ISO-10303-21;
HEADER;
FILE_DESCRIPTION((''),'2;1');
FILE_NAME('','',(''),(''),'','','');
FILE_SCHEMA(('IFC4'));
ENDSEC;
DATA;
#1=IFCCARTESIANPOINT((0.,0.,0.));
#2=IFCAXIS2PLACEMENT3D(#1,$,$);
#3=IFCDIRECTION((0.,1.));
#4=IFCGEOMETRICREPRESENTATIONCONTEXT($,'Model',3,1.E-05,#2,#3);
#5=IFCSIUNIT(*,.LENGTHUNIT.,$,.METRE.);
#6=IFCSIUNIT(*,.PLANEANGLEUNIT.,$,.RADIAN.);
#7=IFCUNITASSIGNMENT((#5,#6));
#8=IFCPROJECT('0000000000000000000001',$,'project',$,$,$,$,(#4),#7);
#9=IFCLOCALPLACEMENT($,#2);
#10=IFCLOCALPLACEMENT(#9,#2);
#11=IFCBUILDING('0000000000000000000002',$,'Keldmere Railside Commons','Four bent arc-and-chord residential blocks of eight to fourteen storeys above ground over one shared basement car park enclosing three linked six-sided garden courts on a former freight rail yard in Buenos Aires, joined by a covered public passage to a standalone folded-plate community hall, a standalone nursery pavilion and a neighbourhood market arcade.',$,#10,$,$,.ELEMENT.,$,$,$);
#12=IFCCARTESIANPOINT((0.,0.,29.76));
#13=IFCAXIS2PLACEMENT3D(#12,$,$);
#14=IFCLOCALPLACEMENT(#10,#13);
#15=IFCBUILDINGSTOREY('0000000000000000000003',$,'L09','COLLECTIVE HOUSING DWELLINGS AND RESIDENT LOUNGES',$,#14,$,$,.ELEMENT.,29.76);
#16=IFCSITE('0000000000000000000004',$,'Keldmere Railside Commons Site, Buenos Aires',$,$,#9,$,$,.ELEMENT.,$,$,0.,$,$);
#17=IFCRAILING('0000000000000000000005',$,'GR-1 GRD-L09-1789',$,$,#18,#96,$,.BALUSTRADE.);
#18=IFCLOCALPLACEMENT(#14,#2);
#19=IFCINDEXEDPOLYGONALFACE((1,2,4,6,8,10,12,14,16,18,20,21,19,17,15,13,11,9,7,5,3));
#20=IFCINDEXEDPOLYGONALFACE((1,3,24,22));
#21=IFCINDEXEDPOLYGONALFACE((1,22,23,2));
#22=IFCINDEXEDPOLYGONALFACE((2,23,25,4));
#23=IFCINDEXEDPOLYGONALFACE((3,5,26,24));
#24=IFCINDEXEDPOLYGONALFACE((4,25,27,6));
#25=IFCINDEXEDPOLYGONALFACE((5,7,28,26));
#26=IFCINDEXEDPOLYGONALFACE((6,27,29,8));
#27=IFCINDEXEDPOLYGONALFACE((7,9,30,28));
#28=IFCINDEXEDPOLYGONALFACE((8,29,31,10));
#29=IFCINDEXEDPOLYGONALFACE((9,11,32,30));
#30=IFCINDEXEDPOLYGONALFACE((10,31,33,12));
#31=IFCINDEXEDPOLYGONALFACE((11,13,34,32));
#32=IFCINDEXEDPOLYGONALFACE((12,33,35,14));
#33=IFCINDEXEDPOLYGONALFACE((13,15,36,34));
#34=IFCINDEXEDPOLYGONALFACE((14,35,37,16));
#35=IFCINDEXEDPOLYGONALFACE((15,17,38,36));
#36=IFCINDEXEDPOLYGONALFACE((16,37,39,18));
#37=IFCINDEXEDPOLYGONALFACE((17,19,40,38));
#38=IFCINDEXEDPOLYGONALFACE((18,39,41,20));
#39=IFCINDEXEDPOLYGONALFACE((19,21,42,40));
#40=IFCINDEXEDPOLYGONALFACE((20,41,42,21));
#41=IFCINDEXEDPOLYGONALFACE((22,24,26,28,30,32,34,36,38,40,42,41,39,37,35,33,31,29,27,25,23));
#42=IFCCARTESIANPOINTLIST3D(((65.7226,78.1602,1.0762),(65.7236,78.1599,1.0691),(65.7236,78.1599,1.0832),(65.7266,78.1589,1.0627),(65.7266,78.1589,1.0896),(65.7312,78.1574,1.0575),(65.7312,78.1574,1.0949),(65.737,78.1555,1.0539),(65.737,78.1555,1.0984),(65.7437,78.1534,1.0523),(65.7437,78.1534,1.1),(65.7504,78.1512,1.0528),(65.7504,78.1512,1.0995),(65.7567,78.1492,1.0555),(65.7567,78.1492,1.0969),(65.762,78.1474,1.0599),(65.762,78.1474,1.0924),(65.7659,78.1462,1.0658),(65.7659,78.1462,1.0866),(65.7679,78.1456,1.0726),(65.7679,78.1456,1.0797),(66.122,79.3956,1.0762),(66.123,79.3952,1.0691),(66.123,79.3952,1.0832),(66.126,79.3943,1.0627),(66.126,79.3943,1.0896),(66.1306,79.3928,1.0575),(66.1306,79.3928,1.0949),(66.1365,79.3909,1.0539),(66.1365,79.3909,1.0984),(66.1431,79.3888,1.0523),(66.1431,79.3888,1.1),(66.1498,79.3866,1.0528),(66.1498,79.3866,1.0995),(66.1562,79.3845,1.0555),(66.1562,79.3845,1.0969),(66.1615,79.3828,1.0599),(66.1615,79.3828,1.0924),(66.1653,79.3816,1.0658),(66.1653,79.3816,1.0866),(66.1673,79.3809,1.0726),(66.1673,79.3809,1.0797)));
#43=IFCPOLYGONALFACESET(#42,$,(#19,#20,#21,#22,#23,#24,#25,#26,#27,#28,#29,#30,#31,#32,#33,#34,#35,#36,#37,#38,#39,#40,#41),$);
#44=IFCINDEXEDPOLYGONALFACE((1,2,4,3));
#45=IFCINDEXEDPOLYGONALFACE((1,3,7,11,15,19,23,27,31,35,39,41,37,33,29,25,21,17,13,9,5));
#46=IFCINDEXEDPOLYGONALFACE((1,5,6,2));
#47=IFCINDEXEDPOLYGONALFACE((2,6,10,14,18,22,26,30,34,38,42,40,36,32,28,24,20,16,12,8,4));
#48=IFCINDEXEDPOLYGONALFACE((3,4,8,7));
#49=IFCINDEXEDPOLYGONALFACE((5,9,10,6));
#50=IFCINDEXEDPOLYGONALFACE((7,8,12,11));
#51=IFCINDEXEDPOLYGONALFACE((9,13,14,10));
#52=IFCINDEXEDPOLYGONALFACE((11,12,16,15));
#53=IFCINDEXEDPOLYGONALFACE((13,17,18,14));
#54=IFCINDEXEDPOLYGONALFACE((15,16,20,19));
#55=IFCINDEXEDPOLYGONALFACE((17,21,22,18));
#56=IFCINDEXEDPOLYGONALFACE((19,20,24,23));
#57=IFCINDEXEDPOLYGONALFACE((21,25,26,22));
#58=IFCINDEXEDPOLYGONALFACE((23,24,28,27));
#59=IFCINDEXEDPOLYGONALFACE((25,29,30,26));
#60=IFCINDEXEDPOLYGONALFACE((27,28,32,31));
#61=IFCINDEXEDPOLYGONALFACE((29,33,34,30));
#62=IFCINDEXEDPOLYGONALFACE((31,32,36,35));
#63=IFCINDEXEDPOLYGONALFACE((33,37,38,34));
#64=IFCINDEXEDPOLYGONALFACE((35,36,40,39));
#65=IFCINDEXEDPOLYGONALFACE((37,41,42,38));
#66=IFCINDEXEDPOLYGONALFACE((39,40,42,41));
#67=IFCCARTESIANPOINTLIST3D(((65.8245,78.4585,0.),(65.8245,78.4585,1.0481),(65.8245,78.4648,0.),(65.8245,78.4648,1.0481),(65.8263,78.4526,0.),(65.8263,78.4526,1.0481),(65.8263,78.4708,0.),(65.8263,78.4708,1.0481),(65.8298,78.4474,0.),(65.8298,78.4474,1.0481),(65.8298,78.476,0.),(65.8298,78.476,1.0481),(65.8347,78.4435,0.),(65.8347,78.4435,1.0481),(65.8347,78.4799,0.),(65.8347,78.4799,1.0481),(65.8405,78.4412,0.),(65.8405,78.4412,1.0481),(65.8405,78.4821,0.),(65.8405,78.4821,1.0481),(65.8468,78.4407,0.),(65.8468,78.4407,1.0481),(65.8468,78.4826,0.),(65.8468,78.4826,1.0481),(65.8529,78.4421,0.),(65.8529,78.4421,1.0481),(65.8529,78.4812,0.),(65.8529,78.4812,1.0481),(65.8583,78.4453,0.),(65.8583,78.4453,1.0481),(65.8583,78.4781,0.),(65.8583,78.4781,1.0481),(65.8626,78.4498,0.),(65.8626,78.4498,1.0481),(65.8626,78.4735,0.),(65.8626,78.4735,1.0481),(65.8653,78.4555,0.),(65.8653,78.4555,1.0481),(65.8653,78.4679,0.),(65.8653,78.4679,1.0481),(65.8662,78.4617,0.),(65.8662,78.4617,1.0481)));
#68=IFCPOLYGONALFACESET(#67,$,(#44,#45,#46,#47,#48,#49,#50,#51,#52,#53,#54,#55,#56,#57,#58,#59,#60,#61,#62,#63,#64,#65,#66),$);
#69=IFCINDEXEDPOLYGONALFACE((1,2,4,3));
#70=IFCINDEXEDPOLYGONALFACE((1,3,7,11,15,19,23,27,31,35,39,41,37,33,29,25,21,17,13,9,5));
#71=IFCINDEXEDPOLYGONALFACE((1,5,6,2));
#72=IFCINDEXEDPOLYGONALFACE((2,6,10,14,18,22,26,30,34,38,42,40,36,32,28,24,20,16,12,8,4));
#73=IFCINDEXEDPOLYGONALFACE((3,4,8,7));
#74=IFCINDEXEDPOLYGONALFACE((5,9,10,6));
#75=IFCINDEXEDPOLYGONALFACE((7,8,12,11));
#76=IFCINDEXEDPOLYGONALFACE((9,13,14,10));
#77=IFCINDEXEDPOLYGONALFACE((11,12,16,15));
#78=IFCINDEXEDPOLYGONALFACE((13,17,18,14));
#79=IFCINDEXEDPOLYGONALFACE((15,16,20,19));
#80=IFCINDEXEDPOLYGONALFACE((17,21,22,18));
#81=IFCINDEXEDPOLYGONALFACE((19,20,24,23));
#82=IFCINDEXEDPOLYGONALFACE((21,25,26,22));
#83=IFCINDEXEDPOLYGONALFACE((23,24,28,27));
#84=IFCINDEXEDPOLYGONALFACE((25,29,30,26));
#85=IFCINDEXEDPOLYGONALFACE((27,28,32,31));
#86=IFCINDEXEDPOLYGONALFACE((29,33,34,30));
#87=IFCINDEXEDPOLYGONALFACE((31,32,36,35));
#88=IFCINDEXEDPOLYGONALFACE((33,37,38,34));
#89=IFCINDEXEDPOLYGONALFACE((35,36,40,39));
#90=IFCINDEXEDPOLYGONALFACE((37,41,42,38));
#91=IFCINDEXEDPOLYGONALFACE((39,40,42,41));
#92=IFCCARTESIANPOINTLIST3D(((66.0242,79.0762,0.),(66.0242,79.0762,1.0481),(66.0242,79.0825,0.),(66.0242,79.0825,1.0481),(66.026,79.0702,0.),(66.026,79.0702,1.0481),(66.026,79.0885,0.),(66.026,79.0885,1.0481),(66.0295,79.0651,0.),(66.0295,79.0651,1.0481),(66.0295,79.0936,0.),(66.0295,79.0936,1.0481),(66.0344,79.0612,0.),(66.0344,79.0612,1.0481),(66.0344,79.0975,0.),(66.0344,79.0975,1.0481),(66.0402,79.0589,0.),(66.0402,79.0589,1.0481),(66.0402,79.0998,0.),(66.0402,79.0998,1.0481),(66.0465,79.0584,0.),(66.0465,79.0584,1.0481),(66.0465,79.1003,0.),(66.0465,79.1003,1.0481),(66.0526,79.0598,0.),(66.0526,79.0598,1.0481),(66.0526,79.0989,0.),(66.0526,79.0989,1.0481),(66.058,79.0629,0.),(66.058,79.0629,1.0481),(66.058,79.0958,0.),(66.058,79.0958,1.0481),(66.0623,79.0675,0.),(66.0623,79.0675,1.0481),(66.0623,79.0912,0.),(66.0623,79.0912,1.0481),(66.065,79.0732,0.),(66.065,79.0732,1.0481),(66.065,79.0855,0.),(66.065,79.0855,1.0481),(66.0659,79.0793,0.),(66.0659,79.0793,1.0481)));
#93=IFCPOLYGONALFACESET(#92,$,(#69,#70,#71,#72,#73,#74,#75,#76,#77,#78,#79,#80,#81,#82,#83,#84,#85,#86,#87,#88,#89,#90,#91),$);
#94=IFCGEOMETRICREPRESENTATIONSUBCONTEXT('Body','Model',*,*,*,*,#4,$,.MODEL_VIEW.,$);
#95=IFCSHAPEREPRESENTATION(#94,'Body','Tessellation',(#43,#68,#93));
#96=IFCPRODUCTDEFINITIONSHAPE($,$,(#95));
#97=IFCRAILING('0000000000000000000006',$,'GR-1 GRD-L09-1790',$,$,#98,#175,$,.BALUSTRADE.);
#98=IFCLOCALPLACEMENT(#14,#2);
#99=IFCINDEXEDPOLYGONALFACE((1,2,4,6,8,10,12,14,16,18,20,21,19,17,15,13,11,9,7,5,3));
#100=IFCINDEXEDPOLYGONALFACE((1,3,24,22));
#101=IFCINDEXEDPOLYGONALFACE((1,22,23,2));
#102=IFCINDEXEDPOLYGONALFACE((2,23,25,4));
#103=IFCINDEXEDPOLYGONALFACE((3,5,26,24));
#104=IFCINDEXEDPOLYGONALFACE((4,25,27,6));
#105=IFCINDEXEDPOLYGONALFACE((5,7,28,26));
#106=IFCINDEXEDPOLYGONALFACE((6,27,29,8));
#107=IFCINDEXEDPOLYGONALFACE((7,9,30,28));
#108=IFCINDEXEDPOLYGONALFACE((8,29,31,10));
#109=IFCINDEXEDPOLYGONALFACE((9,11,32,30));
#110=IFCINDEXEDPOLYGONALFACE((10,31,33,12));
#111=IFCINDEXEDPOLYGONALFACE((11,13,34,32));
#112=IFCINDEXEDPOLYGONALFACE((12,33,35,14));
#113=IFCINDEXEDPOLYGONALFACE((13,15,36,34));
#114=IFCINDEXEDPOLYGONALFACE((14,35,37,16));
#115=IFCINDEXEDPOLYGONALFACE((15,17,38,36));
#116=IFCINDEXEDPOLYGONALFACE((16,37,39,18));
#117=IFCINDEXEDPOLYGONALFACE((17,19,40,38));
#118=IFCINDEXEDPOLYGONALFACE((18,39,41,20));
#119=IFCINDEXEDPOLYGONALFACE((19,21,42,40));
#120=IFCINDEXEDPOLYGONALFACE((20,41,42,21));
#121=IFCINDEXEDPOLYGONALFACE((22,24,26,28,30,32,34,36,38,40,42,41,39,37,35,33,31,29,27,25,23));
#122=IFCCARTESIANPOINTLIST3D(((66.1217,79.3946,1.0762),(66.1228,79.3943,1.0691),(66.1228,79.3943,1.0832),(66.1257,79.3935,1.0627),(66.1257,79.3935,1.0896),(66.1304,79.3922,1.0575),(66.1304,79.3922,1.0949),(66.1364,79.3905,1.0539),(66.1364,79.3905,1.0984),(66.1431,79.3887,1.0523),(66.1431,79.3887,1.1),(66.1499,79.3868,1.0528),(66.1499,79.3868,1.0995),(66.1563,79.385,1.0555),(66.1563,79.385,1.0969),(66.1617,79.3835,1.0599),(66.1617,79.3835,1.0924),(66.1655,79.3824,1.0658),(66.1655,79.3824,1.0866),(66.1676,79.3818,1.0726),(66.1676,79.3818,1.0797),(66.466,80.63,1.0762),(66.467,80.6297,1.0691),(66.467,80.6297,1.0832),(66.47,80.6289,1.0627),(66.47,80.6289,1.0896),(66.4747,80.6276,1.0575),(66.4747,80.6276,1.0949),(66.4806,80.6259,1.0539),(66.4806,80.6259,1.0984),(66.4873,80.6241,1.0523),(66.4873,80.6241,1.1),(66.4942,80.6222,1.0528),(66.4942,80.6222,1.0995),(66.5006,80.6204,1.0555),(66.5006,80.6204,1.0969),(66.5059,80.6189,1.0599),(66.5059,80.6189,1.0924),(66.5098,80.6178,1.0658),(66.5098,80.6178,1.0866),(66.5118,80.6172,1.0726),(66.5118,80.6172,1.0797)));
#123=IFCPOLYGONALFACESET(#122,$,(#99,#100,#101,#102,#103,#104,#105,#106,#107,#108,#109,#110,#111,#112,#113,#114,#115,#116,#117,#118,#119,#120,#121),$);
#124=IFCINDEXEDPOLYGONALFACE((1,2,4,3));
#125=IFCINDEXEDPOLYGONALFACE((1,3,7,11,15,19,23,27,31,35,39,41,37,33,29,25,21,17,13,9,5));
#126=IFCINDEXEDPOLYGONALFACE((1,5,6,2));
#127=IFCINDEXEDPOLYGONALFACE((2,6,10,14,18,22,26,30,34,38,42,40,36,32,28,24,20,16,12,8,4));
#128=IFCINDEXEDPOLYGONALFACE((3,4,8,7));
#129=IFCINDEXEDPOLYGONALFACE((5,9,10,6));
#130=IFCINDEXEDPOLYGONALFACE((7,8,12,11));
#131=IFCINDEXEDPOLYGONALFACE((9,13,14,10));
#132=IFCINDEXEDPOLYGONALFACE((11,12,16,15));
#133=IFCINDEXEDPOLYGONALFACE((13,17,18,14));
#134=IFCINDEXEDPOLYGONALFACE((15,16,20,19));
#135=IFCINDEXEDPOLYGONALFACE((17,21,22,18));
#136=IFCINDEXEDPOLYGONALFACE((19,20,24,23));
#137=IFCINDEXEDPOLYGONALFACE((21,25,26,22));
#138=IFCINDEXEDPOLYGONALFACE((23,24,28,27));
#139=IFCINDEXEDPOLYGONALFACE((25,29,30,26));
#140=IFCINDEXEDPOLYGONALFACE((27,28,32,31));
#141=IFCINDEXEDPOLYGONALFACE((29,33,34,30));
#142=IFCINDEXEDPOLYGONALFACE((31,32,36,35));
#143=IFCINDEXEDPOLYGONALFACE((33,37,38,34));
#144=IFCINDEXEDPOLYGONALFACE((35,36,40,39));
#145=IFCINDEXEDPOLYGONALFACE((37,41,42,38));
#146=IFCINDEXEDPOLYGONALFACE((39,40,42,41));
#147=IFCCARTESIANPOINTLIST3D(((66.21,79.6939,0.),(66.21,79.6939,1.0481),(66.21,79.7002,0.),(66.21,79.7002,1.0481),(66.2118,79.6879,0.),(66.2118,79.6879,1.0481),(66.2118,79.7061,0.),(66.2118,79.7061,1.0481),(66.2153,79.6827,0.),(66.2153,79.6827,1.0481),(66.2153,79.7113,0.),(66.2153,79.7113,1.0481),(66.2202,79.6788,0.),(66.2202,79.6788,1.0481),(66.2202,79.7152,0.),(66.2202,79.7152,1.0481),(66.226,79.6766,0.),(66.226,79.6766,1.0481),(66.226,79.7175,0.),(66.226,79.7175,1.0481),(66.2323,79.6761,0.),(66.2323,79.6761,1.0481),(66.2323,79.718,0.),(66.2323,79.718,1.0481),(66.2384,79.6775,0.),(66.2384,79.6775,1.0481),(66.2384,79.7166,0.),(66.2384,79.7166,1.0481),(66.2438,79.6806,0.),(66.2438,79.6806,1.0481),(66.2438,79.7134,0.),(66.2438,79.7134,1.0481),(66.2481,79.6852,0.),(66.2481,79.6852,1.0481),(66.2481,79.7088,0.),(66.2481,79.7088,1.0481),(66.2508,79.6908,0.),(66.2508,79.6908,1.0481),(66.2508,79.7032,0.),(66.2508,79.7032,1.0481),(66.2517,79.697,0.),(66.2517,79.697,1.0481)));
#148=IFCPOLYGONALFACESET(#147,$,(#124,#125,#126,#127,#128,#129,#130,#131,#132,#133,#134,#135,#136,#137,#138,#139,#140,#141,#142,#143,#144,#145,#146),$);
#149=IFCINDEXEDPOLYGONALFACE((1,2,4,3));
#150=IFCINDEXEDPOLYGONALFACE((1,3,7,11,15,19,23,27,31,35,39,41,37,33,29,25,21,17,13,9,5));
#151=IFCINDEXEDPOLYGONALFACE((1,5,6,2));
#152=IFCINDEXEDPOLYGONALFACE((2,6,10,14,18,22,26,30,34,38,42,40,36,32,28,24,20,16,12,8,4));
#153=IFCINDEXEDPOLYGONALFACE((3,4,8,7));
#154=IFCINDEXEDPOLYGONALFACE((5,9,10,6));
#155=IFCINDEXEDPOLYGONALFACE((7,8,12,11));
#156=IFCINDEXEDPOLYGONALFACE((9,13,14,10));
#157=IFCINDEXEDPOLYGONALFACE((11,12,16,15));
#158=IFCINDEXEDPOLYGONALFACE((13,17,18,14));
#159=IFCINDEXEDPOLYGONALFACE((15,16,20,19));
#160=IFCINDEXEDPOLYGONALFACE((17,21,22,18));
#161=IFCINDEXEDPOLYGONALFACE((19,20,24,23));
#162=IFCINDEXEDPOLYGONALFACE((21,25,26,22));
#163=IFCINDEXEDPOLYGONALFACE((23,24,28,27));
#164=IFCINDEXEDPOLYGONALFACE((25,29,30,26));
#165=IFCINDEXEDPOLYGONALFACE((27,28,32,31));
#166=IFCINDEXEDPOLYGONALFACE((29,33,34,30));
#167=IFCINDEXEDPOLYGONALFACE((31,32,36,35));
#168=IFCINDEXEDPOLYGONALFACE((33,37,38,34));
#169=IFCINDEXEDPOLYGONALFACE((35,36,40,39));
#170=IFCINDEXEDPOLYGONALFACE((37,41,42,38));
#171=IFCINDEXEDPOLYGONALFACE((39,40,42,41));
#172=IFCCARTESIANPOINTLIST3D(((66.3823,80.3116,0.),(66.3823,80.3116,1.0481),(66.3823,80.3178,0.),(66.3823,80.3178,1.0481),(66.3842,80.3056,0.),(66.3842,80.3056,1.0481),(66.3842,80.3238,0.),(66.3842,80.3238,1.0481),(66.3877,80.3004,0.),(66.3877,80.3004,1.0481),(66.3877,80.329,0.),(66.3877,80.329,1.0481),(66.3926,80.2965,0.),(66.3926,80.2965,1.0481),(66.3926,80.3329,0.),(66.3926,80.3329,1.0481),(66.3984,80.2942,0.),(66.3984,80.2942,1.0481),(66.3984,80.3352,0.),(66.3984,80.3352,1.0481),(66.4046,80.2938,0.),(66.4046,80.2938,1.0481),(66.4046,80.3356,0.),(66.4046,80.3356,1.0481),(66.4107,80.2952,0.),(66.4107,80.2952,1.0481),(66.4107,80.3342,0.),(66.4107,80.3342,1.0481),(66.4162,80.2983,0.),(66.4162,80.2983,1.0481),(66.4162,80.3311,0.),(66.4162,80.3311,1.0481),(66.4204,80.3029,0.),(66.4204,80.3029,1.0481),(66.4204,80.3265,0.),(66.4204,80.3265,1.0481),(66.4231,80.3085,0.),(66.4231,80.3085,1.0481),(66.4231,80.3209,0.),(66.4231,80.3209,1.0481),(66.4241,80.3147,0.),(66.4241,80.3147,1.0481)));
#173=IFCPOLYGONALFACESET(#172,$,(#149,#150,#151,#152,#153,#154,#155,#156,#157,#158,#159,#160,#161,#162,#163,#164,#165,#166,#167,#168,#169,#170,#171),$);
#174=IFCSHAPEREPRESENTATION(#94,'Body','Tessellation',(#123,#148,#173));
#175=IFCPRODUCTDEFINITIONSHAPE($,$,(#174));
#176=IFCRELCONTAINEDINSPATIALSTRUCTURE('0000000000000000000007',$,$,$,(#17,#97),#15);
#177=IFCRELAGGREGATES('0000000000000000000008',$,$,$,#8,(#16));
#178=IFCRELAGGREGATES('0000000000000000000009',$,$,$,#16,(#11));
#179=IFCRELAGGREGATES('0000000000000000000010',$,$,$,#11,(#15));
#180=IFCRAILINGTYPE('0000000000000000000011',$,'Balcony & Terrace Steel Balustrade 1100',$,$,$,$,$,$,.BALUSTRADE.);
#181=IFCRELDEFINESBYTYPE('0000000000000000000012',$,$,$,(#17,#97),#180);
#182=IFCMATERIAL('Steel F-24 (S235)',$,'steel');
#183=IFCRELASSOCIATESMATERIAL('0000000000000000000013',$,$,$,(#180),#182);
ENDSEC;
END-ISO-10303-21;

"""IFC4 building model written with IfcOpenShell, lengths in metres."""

from ifc_helpers import new_model, si_unit, direction, frame, origin, origin_2d, place, context, subcontext, project, spatial, circle, extrude, material, type_object, element, save


model = new_model("IFC4")

# Units and contexts
model_context = context("Model", 3, precision=1e-05, world=origin(), true_north=direction((0.0, 1.0)))
body_context = subcontext(model_context, "Body", "Model", "MODEL_VIEW")
ifc_project = project(units=[si_unit("LENGTHUNIT", "METRE"), si_unit("PLANEANGLEUNIT", "RADIAN")], contexts=[model_context])

# Site, building, storey
site_placement = place(None, origin())
site = spatial("IfcSite", under=ifc_project, at=site_placement, Name="Keldmere Railside Commons Site, Buenos Aires", CompositionType="ELEMENT", RefElevation=0.0)
building_placement = place(site_placement, origin())
building = spatial("IfcBuilding", under=site, at=building_placement, Name="Keldmere Railside Commons", Description="Four bent arc-and-chord residential blocks of eight to fourteen storeys above ground over one shared basement car park enclosing three linked six-sided garden courts on a former freight rail yard in Buenos Aires, joined by a covered public passage to a standalone folded-plate community hall, a standalone nursery pavilion and a neighbourhood market arcade.", CompositionType="ELEMENT")
storey_placement = place(building_placement, frame((0.0, 0.0, 29.76)))
storey = spatial("IfcBuildingStorey", under=building, at=storey_placement, Name="L09", Description="COLLECTIVE HOUSING DWELLINGS AND RESIDENT LOUNGES", CompositionType="ELEMENT", Elevation=29.76)

# Railings
ifc_material_1 = material(Name="Steel F-24 (S235)", Category="steel")
railing_type = type_object("IfcRailingType", Name="Balcony & Terrace Steel Balustrade 1100", PredefinedType="BALUSTRADE", material=ifc_material_1)
railing_1_placement = place(storey_placement, frame((65.7454, 78.1528, 0.0)))
element("IfcRailing", 1, at=railing_1_placement, inside=storey, type_object=railing_type, Name="GR-1 GRD-L09-1789", PredefinedType="BALUSTRADE", context=body_context, shape_type="SweptSolid", body=[
    extrude(circle(Radius=0.0239, at=origin_2d()), frame((0.0, 0.0, 1.0762), z_axis=(0.30764, 0.951503, 0.0), x_axis=(-0.951503, 0.30764, 0.0)), (0.0, 0.0, 1.0), 1.2983),
    extrude(circle(Radius=0.021, at=origin_2d()), frame((0.0999, 0.3088, 0.0)), (0.0, 0.0, 1.0), 1.0481),
    extrude(circle(Radius=0.021, at=origin_2d()), frame((0.2996, 0.9265, 0.0)), (0.0, 0.0, 1.0), 1.0481),
])
railing_2_placement = place(storey_placement, frame((66.1448, 79.3882, 0.0)))
element("IfcRailing", 2, at=railing_2_placement, inside=storey, type_object=railing_type, Name="GR-1 GRD-L09-1790", PredefinedType="BALUSTRADE", context=body_context, shape_type="SweptSolid", body=[
    extrude(circle(Radius=0.0239, at=origin_2d()), frame((0.0, 0.0, 1.0762), z_axis=(0.268429, 0.963299, 0.0), x_axis=(-0.963299, 0.268429, 0.0)), (0.0, 0.0, 1.0), 1.2825),
    extrude(circle(Radius=0.021, at=origin_2d()), frame((0.0859, 0.3088, 0.0)), (0.0, 0.0, 1.0), 1.0481),
    extrude(circle(Radius=0.021, at=origin_2d()), frame((0.2583, 0.9265, 0.0)), (0.0, 0.0, 1.0), 1.0481),
])

save(model, "model.ifc")
